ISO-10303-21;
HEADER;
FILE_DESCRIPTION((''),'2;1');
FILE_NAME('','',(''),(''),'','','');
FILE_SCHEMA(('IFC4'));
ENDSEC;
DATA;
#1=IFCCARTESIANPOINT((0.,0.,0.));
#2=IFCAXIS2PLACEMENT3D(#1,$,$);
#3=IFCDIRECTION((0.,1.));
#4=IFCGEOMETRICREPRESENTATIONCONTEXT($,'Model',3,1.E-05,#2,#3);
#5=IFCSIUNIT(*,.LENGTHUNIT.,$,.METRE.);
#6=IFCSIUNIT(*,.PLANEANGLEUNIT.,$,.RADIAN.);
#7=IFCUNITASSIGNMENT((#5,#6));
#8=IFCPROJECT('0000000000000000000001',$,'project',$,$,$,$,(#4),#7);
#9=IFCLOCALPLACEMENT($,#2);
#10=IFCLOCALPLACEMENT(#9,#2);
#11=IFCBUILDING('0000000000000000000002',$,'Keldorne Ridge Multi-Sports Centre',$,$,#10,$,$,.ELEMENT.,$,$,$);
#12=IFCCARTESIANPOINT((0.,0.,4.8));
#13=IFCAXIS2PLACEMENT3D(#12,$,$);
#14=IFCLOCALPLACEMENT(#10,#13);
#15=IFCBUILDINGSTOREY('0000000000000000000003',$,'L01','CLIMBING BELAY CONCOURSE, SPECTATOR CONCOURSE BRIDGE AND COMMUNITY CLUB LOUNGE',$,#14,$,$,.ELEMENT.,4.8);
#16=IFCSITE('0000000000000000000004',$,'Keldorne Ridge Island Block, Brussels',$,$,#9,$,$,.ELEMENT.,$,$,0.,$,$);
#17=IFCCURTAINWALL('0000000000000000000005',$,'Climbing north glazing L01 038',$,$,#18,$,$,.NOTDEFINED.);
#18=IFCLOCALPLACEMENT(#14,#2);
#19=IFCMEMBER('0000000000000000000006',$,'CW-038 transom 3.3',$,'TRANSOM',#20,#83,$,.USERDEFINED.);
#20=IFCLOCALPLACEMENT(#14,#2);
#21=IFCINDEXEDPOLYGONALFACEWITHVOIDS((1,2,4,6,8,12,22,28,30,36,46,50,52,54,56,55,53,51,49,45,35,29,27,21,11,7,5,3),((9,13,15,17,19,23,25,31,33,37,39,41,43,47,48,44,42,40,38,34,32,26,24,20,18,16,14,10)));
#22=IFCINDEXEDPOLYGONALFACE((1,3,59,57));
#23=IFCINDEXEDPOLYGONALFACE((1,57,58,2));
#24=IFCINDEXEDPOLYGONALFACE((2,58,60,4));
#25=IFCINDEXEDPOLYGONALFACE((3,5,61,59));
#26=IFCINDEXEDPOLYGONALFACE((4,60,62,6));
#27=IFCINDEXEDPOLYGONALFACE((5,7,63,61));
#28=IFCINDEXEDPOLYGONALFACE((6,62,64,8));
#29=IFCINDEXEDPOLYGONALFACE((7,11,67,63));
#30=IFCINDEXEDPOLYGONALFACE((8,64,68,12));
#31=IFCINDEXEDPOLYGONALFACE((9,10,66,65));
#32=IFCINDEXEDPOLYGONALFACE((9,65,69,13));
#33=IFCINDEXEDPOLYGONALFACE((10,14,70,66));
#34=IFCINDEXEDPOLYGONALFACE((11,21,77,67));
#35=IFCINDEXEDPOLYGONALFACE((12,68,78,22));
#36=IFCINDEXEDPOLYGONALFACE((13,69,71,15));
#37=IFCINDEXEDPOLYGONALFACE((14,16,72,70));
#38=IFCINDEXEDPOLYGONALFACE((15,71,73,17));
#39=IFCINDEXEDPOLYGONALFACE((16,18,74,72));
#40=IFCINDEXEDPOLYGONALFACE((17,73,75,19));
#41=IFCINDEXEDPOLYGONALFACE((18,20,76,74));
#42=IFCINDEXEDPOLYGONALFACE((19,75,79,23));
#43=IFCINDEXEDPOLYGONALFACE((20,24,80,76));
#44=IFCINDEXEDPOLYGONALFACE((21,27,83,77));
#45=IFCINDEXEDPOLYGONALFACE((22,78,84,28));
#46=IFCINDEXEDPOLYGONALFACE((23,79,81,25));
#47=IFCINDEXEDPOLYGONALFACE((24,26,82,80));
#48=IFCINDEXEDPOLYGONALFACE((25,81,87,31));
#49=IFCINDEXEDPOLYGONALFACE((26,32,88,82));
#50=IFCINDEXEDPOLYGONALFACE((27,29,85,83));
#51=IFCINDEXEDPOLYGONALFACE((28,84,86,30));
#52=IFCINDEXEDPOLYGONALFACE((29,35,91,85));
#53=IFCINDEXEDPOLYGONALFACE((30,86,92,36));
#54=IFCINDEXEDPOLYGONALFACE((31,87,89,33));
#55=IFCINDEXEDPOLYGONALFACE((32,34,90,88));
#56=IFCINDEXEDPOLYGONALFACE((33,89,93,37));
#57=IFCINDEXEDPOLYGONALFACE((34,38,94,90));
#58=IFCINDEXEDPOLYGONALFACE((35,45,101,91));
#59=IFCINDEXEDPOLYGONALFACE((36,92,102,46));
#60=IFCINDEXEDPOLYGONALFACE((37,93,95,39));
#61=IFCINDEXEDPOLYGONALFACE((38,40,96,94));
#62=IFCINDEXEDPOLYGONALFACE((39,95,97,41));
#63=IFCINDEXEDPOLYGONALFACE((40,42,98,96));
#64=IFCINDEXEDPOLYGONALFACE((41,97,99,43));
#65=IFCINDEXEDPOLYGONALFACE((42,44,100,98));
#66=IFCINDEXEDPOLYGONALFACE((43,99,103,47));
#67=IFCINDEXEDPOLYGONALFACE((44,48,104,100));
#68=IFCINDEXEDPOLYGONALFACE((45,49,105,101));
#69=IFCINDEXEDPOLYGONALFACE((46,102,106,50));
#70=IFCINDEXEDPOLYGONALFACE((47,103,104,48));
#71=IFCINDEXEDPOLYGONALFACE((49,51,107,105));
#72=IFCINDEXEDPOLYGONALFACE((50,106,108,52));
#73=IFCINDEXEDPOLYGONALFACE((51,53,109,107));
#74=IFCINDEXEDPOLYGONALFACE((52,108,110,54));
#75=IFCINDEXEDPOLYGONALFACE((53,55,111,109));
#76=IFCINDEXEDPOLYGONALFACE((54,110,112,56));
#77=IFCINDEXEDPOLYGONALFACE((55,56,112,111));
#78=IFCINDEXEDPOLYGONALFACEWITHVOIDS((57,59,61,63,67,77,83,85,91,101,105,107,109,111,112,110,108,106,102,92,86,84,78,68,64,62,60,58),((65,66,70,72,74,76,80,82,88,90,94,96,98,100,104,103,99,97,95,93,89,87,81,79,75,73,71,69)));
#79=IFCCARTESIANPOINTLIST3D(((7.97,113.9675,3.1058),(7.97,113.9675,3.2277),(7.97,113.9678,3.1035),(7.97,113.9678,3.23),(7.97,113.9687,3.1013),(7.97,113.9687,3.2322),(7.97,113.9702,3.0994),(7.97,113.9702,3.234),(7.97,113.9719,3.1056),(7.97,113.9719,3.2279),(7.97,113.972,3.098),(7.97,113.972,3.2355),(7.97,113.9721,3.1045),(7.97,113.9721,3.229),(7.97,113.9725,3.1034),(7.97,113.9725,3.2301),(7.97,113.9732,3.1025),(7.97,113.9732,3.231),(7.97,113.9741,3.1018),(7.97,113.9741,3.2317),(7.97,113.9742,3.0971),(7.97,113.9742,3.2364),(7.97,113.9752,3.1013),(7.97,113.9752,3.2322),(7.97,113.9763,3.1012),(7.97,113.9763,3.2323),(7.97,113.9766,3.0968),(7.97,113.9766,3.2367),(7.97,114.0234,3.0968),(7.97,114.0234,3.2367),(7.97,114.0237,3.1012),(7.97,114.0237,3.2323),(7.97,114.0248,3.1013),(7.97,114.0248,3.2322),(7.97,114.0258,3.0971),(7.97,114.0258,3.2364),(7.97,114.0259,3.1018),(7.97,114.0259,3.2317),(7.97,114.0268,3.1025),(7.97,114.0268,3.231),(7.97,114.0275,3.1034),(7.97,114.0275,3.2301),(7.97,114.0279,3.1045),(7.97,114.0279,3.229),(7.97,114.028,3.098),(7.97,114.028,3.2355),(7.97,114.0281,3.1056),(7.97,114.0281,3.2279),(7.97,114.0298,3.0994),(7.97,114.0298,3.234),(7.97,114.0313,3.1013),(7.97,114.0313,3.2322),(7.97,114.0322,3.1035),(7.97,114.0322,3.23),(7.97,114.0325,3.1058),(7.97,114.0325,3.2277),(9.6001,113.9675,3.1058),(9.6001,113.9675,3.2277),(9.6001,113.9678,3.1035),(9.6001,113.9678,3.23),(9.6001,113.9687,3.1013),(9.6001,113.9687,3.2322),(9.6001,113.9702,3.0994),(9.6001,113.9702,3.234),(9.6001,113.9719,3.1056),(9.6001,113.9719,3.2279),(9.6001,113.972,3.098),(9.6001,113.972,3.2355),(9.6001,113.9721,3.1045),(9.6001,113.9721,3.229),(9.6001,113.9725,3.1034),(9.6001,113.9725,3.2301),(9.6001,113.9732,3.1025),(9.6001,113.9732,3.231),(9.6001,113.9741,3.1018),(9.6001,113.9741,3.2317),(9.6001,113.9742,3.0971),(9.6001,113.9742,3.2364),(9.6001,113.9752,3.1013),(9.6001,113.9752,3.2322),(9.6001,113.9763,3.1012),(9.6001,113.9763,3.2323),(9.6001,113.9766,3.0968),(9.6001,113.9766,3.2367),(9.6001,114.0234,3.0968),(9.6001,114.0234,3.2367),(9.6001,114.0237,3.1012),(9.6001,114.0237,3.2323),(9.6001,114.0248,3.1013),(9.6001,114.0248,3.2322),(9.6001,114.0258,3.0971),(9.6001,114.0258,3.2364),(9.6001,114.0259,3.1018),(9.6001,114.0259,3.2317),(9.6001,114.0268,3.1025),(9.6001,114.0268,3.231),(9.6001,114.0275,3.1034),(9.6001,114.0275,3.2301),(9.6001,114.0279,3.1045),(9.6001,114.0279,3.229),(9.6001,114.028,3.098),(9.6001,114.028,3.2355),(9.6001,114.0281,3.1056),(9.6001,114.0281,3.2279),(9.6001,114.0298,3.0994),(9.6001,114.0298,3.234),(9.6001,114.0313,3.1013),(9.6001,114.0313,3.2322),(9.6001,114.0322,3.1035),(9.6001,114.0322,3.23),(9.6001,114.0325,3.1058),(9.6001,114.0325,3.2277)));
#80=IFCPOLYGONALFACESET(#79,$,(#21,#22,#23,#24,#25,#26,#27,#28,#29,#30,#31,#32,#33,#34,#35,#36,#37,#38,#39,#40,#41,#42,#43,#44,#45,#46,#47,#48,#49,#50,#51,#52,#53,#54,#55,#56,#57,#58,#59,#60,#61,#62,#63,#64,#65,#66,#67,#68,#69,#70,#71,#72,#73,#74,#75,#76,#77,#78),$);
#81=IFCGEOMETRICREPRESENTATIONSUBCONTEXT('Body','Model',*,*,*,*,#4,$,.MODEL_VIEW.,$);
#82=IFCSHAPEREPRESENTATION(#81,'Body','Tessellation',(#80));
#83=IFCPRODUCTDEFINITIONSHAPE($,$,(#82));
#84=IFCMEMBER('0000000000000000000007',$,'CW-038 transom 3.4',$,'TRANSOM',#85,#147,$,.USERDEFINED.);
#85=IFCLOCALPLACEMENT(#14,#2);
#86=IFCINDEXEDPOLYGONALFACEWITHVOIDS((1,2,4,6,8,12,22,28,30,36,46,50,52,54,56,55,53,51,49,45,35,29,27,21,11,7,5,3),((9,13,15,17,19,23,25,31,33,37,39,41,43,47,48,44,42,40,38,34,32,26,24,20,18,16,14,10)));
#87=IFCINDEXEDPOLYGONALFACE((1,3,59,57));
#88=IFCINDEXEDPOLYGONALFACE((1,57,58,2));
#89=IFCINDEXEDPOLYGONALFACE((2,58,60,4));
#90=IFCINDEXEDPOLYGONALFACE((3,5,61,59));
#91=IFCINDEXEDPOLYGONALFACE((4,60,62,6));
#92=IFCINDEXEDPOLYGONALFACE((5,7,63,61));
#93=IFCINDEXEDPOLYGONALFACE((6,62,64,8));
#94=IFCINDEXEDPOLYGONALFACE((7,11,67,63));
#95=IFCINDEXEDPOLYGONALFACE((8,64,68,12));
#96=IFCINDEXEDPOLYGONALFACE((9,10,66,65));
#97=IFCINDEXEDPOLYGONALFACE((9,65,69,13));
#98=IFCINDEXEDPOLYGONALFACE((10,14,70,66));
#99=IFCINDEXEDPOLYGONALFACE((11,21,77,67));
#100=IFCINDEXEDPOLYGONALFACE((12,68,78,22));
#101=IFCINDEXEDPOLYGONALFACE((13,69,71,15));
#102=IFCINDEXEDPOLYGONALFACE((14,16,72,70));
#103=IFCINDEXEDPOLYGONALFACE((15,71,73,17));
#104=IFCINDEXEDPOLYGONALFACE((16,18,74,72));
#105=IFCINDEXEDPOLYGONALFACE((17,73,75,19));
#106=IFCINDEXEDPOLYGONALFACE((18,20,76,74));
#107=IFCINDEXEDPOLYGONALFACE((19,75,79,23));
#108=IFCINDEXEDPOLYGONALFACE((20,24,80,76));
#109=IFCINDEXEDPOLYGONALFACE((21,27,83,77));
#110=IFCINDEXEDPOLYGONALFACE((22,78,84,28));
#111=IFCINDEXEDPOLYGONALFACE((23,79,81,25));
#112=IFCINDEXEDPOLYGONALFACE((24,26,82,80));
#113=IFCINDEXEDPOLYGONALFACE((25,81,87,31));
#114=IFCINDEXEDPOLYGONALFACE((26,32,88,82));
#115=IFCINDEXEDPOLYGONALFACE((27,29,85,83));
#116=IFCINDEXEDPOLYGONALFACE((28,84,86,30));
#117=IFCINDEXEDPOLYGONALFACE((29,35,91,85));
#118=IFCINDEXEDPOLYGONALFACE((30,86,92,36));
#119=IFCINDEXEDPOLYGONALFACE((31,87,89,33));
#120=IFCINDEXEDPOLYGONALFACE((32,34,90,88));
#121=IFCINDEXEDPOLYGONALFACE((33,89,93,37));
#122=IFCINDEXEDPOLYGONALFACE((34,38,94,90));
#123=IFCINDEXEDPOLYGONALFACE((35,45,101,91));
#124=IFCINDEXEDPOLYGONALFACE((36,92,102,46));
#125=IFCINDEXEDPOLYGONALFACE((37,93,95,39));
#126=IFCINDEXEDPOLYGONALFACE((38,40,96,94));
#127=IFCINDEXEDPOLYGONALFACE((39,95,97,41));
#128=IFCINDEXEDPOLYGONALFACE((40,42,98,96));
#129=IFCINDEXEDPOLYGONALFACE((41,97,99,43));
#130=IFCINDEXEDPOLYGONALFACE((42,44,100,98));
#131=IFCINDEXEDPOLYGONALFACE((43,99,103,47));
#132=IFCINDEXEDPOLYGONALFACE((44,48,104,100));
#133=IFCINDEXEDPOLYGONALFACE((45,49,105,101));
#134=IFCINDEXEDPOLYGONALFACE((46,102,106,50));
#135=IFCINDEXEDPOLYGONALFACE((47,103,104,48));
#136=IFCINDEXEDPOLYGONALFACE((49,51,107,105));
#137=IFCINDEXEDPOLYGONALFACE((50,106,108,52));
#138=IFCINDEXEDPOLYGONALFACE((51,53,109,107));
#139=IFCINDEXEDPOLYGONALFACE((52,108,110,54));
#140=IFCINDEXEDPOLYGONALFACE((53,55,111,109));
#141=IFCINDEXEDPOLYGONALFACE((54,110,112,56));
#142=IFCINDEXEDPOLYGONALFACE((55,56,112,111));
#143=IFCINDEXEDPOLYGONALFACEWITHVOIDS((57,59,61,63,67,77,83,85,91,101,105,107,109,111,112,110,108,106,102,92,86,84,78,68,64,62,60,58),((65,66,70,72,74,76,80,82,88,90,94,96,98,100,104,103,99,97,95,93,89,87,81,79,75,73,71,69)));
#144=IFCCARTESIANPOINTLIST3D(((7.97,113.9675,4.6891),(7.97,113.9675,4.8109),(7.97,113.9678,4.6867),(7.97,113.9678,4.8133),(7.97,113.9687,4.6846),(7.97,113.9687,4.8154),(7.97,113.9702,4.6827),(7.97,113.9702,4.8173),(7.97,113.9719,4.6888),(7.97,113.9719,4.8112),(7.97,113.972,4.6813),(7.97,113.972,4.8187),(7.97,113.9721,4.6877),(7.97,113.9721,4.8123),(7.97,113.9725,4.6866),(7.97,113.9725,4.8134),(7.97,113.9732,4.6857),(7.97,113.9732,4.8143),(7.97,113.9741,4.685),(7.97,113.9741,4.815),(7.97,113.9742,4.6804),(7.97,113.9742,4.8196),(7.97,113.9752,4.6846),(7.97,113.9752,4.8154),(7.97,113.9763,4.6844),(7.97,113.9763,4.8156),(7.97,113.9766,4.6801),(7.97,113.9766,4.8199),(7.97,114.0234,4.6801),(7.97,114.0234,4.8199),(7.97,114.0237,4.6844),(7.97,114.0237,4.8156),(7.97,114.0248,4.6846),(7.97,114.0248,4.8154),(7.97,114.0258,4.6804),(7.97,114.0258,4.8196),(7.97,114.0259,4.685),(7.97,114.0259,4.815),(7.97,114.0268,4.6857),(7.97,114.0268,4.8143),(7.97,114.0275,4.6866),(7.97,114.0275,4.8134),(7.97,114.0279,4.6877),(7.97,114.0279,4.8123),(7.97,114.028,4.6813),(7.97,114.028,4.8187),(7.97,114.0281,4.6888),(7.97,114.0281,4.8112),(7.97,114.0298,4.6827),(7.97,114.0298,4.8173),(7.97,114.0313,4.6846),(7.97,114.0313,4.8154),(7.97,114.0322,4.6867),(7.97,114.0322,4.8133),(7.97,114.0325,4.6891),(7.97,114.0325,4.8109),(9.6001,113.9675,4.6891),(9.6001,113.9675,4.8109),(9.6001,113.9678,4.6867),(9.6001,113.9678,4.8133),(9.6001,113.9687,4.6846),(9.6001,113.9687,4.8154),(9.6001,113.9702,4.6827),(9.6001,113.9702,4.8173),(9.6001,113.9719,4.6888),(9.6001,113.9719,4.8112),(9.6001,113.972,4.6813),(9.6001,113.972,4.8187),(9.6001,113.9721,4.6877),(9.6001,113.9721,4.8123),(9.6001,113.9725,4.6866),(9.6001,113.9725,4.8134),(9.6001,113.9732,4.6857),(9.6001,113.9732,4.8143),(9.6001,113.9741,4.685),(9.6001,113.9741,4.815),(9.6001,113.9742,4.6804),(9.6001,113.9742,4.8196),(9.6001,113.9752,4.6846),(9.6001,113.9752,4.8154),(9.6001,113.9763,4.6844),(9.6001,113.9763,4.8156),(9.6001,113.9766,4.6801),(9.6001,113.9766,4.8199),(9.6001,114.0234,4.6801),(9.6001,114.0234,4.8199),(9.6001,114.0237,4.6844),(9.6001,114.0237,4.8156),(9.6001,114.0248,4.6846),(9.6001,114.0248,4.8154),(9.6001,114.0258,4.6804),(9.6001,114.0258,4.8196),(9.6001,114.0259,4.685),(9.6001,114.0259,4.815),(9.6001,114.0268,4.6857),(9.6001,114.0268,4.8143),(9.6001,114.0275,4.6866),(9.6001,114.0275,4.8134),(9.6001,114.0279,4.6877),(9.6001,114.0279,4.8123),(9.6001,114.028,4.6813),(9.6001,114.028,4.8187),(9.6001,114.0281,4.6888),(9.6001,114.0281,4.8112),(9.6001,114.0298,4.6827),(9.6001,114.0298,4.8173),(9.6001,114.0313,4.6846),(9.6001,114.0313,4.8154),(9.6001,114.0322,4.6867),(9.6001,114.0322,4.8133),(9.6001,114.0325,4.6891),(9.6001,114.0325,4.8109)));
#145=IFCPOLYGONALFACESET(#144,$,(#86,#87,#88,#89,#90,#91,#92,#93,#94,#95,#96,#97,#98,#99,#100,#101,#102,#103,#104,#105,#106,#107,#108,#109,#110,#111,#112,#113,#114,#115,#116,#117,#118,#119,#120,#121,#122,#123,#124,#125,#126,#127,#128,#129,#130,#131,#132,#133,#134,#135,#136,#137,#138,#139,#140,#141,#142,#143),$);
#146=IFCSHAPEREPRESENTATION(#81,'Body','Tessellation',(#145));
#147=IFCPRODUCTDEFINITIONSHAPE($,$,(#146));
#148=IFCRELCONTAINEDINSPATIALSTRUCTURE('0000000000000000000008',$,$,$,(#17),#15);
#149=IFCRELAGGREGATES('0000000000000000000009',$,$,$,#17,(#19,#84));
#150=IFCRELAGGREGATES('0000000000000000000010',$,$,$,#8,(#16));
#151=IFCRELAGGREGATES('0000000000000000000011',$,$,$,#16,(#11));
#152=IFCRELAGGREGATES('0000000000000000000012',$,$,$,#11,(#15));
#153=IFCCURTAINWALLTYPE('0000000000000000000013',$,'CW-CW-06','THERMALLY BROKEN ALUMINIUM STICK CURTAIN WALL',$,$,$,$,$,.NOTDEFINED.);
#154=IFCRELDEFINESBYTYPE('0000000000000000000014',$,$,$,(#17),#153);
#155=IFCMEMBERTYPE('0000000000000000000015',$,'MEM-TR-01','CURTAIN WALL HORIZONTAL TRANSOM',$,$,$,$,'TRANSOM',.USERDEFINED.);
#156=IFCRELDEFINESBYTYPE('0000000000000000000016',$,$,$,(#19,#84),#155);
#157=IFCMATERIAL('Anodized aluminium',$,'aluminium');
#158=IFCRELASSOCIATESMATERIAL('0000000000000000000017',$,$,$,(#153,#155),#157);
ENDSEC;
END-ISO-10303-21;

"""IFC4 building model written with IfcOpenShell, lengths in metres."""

from ifc_helpers import new_model, si_unit, direction, frame, origin, origin_2d, place, context, subcontext, project, spatial, hollow_rectangle, extrude, material, material_profile, profile_set, type_object, element, aggregate, save


model = new_model("IFC4")

# Units and contexts
model_context = context("Model", 3, precision=1e-05, world=origin(), true_north=direction((0.0, 1.0)))
body_context = subcontext(model_context, "Body", "Model", "MODEL_VIEW")
ifc_project = project(units=[si_unit("LENGTHUNIT", "METRE"), si_unit("PLANEANGLEUNIT", "RADIAN")], contexts=[model_context])

# Site, building, storey
site_placement = place(None, origin())
site = spatial("IfcSite", under=ifc_project, at=site_placement, Name="Keldorne Ridge Island Block, Brussels", CompositionType="ELEMENT", RefElevation=0.0)
building_placement = place(site_placement, origin())
building = spatial("IfcBuilding", under=site, at=building_placement, Name="Keldorne Ridge Multi-Sports Centre", CompositionType="ELEMENT")
storey_placement = place(building_placement, frame((0.0, 0.0, 4.8)))
storey = spatial("IfcBuildingStorey", under=building, at=storey_placement, Name="L01", Description="CLIMBING BELAY CONCOURSE, SPECTATOR CONCOURSE BRIDGE AND COMMUNITY CLUB LOUNGE", CompositionType="ELEMENT", Elevation=4.8)

# Curtain wall
ifc_material_1 = material(Name="Anodized aluminium", Category="aluminium")
curtain_wall_type_1 = type_object("IfcCurtainWallType", Name="CW-CW-06", Description="THERMALLY BROKEN ALUMINIUM STICK CURTAIN WALL", PredefinedType="NOTDEFINED", material=ifc_material_1)
curtain_wall_1_placement = place(storey_placement, origin())
curtain_wall_1 = element("IfcCurtainWall", 1, at=curtain_wall_1_placement, inside=storey, type_object=curtain_wall_type_1, Name="Climbing north glazing L01 038", PredefinedType="NOTDEFINED")

# Members
ifc_material_profile_1 = material_profile(ifc_material_1, hollow_rectangle(XDim=0.0649, YDim=0.1399, WallThickness=0.0044, InnerFilletRadius=0.0044, OuterFilletRadius=0.009, at=origin_2d()), Name="ALU TRANSOM 140x65x4.5")
ifc_profile_set_1 = profile_set([ifc_material_profile_1], Name="Anodized aluminium")
member_type_1 = type_object("IfcMemberType", Name="MEM-TR-01", Description="CURTAIN WALL HORIZONTAL TRANSOM", ElementType="TRANSOM", PredefinedType="USERDEFINED", material=ifc_profile_set_1)
member_1_placement = place(storey_placement, frame((9.6001, 114.0, 3.1667), z_axis=(-1.0, 0.0, 0.0), x_axis=(0.0, -1.0, 0.0)))
member_1 = element("IfcMember", 2, at=member_1_placement, type_object=member_type_1, Name="CW-038 transom 3.3", ObjectType="TRANSOM", PredefinedType="USERDEFINED", context=body_context, shape_type="SweptSolid", body=[
    extrude(hollow_rectangle(XDim=0.0649, YDim=0.1399, WallThickness=0.0044, InnerFilletRadius=0.0044, OuterFilletRadius=0.009, at=origin_2d()), origin(), (0.0, 0.0, 1.0), 1.6301),
])
member_2_placement = place(storey_placement, frame((9.6001, 114.0, 4.75), z_axis=(-1.0, 0.0, 0.0), x_axis=(0.0, -1.0, 0.0)))
member_2 = element("IfcMember", 3, at=member_2_placement, type_object=member_type_1, Name="CW-038 transom 3.4", ObjectType="TRANSOM", PredefinedType="USERDEFINED", context=body_context, shape_type="SweptSolid", body=[
    extrude(hollow_rectangle(XDim=0.0649, YDim=0.1399, WallThickness=0.0044, InnerFilletRadius=0.0044, OuterFilletRadius=0.009, at=origin_2d()), origin(), (0.0, 0.0, 1.0), 1.6301),
])

aggregate(curtain_wall_1, [member_1, member_2])

save(model, "model.ifc")
